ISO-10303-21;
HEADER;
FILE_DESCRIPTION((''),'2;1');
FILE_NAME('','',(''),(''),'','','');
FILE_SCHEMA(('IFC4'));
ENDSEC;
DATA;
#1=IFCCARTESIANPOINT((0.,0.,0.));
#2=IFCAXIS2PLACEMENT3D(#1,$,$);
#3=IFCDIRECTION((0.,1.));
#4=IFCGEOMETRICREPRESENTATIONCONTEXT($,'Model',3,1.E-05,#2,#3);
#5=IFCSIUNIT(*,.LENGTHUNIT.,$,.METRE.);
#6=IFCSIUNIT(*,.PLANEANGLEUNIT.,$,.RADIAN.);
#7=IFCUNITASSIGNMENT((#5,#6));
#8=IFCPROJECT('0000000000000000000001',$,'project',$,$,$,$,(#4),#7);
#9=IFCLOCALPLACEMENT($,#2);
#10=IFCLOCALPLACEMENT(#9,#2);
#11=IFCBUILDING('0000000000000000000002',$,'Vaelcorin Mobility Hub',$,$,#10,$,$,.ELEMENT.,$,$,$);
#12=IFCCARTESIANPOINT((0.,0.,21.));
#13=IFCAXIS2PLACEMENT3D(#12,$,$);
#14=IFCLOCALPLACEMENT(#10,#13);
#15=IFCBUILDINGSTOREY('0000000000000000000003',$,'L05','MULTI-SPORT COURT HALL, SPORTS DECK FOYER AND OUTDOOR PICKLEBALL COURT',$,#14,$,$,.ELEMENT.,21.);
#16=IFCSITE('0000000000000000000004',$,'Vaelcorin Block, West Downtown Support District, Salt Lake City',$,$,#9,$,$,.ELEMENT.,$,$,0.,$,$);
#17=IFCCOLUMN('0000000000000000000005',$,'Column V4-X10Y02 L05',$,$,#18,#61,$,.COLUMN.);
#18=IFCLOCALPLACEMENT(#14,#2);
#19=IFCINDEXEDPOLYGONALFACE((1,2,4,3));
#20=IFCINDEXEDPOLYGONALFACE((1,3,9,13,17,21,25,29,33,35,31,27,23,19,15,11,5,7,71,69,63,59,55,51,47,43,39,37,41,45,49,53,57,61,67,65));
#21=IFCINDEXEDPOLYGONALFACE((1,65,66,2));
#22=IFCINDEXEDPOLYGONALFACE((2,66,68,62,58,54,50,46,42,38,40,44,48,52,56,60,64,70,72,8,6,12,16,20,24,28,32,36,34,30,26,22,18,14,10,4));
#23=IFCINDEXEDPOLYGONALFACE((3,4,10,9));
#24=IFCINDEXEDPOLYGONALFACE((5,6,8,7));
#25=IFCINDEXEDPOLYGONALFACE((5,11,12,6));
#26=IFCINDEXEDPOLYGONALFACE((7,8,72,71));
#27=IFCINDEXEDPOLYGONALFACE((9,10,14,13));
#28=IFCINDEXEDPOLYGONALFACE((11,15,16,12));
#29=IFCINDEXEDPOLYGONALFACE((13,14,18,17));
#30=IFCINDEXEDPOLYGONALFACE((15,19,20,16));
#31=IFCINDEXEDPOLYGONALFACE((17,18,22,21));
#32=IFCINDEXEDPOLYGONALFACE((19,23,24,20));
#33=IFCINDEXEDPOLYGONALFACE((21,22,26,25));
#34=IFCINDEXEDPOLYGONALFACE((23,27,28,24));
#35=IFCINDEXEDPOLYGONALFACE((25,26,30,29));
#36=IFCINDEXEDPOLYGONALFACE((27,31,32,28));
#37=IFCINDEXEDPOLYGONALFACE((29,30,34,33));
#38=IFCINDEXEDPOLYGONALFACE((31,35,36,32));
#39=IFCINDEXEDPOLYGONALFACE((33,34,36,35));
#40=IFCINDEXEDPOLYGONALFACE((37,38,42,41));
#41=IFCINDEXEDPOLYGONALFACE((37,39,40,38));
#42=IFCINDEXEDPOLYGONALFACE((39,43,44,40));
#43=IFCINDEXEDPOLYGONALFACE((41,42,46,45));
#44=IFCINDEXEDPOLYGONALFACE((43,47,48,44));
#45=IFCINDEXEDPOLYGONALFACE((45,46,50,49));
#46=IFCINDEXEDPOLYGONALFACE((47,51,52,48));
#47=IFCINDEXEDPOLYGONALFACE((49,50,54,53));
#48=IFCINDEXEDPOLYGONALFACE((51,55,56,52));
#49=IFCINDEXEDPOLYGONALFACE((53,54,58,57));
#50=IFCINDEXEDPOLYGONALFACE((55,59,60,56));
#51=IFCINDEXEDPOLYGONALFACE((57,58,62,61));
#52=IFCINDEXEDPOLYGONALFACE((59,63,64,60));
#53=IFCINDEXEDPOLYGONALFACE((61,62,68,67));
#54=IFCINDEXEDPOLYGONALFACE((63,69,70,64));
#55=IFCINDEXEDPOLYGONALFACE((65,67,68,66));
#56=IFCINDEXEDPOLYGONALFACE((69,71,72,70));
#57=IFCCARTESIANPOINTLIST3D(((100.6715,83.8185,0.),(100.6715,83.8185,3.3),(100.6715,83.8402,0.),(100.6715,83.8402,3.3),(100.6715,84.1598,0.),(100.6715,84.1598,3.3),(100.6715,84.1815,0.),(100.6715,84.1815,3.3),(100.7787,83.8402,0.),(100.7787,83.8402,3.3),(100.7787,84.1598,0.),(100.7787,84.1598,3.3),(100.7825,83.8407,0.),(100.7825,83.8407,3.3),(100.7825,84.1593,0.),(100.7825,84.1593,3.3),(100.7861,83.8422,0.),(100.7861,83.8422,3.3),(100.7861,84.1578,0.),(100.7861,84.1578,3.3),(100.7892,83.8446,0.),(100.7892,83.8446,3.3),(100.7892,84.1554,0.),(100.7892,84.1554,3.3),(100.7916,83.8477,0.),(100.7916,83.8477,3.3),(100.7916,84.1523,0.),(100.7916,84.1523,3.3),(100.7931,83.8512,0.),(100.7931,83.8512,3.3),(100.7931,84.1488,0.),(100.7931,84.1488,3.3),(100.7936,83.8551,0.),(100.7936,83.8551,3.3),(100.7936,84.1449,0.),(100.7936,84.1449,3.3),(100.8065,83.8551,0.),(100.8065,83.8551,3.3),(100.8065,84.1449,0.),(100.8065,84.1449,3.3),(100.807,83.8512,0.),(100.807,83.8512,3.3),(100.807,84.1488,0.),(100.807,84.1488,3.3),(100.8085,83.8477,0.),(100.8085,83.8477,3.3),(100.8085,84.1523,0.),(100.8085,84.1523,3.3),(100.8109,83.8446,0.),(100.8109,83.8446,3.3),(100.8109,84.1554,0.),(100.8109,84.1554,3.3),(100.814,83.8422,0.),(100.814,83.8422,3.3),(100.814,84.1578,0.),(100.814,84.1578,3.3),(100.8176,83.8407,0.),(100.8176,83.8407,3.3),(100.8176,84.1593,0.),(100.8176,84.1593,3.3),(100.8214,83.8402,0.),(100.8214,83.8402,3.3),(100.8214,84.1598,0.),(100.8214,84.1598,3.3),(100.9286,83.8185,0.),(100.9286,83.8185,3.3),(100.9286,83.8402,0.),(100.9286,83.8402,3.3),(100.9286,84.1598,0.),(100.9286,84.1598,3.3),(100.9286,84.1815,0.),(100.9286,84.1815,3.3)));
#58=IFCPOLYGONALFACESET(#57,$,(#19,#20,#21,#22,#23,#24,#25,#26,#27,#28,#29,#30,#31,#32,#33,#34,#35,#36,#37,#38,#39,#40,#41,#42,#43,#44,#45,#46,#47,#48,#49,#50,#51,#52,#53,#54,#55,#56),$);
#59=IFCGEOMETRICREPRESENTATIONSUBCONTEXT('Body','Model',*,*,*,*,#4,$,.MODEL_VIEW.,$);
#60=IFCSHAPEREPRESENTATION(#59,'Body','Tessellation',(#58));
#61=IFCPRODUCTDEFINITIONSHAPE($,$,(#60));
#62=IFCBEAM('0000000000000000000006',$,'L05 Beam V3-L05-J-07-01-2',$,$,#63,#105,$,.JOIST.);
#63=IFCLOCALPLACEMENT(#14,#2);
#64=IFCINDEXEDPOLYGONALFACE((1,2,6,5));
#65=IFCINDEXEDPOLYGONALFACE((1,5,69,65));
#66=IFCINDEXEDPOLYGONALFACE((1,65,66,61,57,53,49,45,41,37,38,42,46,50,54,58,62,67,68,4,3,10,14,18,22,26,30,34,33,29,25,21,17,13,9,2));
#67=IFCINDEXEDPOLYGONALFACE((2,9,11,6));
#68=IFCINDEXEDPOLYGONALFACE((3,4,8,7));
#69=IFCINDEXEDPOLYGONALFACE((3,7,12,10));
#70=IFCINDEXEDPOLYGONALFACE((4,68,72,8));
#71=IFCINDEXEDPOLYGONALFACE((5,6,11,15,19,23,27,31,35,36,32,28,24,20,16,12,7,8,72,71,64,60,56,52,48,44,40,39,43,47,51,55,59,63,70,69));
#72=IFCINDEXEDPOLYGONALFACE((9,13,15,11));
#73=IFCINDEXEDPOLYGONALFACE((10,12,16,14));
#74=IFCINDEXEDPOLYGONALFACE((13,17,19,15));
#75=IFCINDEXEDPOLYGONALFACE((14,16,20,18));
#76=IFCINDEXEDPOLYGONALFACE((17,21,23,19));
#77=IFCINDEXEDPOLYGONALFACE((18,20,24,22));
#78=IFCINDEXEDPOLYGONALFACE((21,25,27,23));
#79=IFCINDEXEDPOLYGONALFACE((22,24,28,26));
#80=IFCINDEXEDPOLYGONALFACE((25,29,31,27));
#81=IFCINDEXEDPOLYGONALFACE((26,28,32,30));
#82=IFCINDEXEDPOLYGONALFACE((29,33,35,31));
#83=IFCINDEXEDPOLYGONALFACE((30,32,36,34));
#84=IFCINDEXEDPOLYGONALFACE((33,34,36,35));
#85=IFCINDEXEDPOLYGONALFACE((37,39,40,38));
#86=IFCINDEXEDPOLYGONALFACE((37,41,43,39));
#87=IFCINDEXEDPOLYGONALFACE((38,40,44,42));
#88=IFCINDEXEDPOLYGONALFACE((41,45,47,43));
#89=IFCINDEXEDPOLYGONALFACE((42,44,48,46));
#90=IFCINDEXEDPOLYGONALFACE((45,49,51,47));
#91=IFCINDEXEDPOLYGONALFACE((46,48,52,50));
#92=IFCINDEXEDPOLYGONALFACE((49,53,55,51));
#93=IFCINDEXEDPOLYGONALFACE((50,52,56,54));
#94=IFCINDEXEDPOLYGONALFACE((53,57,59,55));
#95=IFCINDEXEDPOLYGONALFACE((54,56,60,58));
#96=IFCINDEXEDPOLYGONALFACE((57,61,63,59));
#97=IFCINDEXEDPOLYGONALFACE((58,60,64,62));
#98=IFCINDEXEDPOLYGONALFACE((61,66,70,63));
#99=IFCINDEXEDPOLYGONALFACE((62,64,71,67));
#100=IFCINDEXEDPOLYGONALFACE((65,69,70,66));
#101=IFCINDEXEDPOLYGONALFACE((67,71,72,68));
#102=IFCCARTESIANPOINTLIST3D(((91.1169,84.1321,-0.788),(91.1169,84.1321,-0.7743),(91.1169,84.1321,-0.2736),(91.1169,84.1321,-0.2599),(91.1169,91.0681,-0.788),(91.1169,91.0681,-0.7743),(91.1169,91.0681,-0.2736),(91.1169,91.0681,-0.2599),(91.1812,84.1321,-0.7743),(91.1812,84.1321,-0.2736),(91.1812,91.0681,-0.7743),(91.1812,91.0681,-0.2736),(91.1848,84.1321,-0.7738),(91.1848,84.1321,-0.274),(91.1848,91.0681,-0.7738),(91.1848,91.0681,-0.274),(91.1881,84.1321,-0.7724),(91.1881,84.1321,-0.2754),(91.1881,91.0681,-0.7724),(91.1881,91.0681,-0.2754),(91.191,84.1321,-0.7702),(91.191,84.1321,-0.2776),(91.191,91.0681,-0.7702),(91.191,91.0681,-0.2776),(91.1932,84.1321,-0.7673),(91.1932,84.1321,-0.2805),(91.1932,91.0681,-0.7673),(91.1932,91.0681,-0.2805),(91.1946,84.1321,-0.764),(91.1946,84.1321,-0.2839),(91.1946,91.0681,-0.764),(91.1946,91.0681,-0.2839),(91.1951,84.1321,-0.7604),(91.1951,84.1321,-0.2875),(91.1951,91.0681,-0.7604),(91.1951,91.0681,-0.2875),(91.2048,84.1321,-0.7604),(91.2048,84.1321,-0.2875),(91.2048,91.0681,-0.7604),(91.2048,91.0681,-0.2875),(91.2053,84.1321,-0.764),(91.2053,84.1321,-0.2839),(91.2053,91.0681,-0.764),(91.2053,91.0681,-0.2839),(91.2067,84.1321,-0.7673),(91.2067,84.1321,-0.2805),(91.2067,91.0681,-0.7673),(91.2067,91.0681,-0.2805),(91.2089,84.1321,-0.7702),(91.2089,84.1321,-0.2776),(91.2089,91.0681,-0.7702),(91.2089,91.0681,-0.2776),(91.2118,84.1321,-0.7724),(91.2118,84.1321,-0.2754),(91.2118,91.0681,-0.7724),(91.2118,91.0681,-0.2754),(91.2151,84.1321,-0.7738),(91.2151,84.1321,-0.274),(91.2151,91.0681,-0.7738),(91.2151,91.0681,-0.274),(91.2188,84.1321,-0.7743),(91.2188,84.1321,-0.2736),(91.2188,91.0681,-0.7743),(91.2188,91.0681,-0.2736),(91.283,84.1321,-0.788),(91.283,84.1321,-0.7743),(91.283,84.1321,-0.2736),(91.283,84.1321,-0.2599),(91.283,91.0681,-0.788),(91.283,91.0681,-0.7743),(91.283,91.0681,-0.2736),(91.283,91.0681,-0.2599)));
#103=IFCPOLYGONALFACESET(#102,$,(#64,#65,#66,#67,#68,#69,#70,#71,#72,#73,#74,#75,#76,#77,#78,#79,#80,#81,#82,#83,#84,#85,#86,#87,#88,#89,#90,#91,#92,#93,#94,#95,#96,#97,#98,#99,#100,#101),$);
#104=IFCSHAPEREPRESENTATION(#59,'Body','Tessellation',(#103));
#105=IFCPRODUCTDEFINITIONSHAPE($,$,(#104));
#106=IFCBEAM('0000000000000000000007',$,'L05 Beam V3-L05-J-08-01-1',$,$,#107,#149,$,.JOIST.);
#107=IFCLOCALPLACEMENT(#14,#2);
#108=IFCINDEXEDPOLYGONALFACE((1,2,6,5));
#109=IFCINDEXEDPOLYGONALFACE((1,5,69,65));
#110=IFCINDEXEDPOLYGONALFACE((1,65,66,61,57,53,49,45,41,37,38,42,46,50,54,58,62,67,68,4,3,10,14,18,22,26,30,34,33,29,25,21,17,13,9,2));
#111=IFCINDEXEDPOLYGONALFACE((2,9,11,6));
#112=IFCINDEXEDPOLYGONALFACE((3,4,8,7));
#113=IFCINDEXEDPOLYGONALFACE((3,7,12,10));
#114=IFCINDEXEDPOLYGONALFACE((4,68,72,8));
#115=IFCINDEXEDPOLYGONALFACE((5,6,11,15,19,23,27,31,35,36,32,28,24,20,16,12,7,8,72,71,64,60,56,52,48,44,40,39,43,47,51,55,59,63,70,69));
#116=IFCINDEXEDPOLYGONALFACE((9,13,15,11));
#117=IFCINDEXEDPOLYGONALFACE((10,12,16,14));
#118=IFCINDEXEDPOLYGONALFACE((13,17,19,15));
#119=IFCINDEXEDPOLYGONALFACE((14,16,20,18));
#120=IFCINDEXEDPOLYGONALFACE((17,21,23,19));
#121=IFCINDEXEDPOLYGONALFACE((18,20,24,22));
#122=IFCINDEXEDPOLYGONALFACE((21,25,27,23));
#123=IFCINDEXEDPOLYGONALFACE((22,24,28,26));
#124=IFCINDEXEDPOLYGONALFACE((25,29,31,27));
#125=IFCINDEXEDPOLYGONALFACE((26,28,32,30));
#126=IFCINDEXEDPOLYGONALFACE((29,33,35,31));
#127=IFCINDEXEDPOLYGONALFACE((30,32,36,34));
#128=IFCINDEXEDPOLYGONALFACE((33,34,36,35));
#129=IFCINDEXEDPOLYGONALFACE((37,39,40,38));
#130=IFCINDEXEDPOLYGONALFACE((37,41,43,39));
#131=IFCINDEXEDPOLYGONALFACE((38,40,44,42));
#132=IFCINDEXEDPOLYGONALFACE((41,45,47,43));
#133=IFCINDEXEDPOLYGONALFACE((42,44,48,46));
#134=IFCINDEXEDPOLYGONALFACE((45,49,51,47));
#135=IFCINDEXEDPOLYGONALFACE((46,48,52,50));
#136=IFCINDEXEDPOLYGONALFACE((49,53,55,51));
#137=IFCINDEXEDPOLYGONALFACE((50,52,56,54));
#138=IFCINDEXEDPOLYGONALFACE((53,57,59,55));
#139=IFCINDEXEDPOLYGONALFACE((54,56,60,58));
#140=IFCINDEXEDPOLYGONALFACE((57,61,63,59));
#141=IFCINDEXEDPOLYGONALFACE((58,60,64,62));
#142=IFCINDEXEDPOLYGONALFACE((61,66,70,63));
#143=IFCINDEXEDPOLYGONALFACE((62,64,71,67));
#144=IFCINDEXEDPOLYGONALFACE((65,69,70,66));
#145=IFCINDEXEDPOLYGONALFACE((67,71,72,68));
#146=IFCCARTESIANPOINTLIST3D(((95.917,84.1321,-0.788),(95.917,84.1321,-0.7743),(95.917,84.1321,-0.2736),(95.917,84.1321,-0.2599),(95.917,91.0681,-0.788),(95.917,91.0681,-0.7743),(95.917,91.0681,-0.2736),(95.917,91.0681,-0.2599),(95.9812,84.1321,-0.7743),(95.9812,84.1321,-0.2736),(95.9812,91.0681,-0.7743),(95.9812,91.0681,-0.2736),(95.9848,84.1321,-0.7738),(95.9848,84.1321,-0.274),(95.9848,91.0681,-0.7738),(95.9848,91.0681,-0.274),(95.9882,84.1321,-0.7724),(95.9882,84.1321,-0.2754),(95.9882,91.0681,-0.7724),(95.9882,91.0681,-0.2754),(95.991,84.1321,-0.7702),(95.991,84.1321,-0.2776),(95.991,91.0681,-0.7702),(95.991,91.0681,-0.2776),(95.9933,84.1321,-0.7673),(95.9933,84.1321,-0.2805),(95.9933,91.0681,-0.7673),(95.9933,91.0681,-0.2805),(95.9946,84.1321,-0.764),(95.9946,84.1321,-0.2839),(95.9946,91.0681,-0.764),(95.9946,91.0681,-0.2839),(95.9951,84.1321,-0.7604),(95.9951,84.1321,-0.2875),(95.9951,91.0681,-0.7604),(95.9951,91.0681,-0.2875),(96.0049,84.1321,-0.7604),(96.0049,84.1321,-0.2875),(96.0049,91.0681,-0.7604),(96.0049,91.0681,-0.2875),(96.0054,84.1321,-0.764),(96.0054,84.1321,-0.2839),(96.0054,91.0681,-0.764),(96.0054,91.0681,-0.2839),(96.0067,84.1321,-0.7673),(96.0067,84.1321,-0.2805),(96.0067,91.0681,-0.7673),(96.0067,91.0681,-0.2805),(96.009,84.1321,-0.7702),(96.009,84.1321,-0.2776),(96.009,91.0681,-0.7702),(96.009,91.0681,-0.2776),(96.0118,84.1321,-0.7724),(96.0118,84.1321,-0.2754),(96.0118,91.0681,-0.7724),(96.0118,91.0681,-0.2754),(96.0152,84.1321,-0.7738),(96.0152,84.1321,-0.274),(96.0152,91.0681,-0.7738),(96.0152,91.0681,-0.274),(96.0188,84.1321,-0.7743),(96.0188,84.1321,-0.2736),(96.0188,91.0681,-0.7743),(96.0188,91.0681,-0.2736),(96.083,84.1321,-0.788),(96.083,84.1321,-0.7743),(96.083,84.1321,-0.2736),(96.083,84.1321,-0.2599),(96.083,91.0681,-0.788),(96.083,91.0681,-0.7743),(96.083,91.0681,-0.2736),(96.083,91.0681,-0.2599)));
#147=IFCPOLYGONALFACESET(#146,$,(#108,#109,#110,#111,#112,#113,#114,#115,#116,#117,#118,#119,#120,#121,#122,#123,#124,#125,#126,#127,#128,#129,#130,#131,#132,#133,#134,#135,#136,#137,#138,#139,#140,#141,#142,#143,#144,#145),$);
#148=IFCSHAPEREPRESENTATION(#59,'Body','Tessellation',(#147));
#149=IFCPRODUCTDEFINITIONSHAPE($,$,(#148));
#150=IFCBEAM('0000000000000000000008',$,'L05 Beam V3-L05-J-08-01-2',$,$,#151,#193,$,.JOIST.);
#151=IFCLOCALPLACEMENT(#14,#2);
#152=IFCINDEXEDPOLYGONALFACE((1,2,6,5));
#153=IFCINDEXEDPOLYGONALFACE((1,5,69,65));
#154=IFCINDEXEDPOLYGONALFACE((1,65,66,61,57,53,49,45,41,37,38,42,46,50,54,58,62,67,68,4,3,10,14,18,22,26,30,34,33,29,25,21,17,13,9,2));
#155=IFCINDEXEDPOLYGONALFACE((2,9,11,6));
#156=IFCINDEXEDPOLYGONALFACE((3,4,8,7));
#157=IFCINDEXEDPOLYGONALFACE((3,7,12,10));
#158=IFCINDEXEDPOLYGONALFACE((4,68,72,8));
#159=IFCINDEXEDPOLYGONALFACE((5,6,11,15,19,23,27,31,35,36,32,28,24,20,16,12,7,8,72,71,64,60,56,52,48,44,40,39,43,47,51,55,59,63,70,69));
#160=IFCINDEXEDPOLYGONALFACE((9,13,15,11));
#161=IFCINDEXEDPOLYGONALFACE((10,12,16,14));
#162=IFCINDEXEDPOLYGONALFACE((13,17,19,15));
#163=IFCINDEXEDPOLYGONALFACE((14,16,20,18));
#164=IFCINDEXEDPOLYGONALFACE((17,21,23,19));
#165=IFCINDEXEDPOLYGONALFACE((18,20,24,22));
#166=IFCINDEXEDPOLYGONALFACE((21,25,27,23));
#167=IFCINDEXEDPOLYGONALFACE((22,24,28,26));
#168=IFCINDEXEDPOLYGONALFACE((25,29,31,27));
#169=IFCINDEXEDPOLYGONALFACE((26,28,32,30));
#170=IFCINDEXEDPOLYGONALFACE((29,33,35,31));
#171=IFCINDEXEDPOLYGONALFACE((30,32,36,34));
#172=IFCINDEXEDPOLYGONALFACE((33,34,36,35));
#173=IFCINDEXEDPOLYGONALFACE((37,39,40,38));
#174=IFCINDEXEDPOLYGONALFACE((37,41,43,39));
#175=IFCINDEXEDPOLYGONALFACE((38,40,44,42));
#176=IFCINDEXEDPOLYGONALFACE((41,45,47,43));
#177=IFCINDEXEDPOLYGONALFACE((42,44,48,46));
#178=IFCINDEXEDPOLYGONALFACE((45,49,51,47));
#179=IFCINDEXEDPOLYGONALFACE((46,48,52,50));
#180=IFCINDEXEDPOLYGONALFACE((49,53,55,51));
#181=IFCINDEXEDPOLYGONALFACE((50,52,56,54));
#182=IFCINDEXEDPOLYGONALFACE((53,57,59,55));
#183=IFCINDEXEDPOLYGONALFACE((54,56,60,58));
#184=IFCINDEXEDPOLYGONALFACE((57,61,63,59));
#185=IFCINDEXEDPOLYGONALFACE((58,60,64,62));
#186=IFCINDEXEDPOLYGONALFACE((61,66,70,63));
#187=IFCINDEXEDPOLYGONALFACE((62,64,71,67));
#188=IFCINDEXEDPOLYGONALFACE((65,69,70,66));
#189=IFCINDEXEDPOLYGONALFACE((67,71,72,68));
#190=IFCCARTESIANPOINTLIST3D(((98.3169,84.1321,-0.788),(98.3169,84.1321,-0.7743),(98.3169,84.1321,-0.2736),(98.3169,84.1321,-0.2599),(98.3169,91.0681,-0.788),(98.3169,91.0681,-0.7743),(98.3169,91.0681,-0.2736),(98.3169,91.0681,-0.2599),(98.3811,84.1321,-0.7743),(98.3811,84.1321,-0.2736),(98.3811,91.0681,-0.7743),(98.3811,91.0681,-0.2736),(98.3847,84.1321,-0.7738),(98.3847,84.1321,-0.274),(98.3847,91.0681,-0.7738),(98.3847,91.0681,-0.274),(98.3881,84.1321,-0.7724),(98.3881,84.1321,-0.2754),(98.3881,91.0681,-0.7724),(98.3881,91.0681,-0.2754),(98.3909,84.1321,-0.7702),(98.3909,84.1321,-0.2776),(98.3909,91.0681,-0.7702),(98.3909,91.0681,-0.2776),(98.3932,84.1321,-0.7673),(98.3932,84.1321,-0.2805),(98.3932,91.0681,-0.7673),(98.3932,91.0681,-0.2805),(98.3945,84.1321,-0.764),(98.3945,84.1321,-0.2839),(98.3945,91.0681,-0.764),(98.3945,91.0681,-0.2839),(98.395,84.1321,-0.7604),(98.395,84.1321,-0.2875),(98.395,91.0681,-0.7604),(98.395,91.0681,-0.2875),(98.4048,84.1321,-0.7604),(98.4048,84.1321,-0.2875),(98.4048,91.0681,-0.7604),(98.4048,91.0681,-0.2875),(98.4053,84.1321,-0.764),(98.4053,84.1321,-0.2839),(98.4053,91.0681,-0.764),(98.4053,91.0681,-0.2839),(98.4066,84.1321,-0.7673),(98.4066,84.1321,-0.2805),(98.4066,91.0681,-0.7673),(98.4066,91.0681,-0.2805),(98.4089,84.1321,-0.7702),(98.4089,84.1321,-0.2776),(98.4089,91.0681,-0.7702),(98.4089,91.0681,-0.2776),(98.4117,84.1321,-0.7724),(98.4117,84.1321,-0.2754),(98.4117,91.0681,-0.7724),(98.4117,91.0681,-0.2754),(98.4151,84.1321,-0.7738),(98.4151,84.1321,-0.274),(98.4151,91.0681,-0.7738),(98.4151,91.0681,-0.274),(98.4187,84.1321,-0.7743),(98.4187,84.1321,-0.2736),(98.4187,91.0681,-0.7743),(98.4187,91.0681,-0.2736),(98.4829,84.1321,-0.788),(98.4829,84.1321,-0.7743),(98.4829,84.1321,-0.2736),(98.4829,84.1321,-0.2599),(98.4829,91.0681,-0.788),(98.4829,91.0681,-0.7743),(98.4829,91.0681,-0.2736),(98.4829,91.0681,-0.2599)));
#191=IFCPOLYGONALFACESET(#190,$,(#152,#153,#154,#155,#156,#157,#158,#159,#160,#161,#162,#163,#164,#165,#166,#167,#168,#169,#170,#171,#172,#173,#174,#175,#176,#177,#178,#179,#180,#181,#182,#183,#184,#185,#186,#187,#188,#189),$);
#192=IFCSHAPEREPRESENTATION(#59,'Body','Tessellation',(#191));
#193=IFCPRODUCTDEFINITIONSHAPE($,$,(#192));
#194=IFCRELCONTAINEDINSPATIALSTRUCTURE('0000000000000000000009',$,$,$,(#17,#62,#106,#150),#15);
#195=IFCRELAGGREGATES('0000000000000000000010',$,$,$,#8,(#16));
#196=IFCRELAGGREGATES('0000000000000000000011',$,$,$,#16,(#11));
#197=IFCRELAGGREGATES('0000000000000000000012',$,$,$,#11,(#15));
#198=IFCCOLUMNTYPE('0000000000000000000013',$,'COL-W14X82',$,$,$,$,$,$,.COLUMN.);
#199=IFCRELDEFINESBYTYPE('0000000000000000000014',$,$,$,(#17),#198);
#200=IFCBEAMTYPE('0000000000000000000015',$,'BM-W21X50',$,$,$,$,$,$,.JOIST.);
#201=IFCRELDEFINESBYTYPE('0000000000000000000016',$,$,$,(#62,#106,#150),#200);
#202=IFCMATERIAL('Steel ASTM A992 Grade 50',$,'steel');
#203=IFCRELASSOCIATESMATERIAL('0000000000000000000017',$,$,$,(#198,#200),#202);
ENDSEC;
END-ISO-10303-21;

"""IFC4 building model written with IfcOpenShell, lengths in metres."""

from ifc_helpers import new_model, si_unit, direction, frame, origin, origin_2d, place, context, subcontext, project, spatial, i_section, extrude, material, material_profile, profile_set, type_object, element, save


model = new_model("IFC4")

# Units and contexts
model_context = context("Model", 3, precision=1e-05, world=origin(), true_north=direction((0.0, 1.0)))
body_context = subcontext(model_context, "Body", "Model", "MODEL_VIEW")
ifc_project = project(units=[si_unit("LENGTHUNIT", "METRE"), si_unit("PLANEANGLEUNIT", "RADIAN")], contexts=[model_context])

# Site, building, storey
site_placement = place(None, origin())
site = spatial("IfcSite", under=ifc_project, at=site_placement, Name="Vaelcorin Block, West Downtown Support District, Salt Lake City", CompositionType="ELEMENT", RefElevation=0.0)
building_placement = place(site_placement, origin())
building = spatial("IfcBuilding", under=site, at=building_placement, Name="Vaelcorin Mobility Hub", CompositionType="ELEMENT")
storey_placement = place(building_placement, frame((0.0, 0.0, 21.0)))
storey = spatial("IfcBuildingStorey", under=building, at=storey_placement, Name="L05", Description="MULTI-SPORT COURT HALL, SPORTS DECK FOYER AND OUTDOOR PICKLEBALL COURT", CompositionType="ELEMENT", Elevation=21.0)

# Column
ifc_material_1 = material(Name="Steel ASTM A992 Grade 50", Category="steel")
ifc_material_profile_1 = material_profile(ifc_material_1, i_section(OverallWidth=0.2571, OverallDepth=0.363, WebThickness=0.0129, FlangeThickness=0.0217, FilletRadius=0.0149, at=origin_2d()), Name="W14X82")
ifc_profile_set_1 = profile_set([ifc_material_profile_1], Name="Steel ASTM A992 Grade 50")
column_type = type_object("IfcColumnType", Name="COL-W14X82", PredefinedType="COLUMN", material=ifc_profile_set_1)
column_placement = place(storey_placement, frame((100.8, 84.0, 0.0), z_axis=(0.0, 0.0, 1.0), x_axis=(1.0, 0.0, 0.0)))
element("IfcColumn", 1, at=column_placement, inside=storey, type_object=column_type, Name="Column V4-X10Y02 L05", PredefinedType="COLUMN", context=body_context, shape_type="SweptSolid", body=[
    extrude(i_section(OverallWidth=0.2571, OverallDepth=0.363, WebThickness=0.0129, FlangeThickness=0.0217, FilletRadius=0.0149, at=origin_2d()), origin(), (0.0, 0.0, 1.0), 3.3),
])

# Beams
ifc_material_profile_2 = material_profile(ifc_material_1, i_section(OverallWidth=0.166, OverallDepth=0.5281, WebThickness=0.0098, FlangeThickness=0.0137, FilletRadius=0.0139, at=origin_2d()), Name="W21X50")
ifc_profile_set_2 = profile_set([ifc_material_profile_2], Name="Steel ASTM A992 Grade 50")
beam_type_1 = type_object("IfcBeamType", Name="BM-W21X50", PredefinedType="JOIST", material=ifc_profile_set_2)
for number, where, z_axis, x_axis, name in (
    (2, (91.2, 84.1321, -0.5239), (0.0, 1.0, 0.0), (-1.0, 0.0, 0.0), "L05 Beam V3-L05-J-07-01-2"),
    (3, (96.0, 84.1321, -0.5239), (0.0, 1.0, 0.0), (-1.0, 0.0, 0.0), "L05 Beam V3-L05-J-08-01-1"),
    (4, (98.3999, 84.1321, -0.5239), (0.0, 1.0, 0.0), (-1.0, 0.0, 0.0), "L05 Beam V3-L05-J-08-01-2"),
):
    element("IfcBeam", number, at=place(storey_placement, frame(where, z_axis=z_axis, x_axis=x_axis)), inside=storey, type_object=beam_type_1, Name=name, PredefinedType="JOIST", context=body_context, shape_type="SweptSolid", body=[
        extrude(i_section(OverallWidth=0.166, OverallDepth=0.5281, WebThickness=0.0098, FlangeThickness=0.0137, FilletRadius=0.0139, at=origin_2d()), origin(), (0.0, 0.0, 1.0), 6.936),
    ])

save(model, "model.ifc")
